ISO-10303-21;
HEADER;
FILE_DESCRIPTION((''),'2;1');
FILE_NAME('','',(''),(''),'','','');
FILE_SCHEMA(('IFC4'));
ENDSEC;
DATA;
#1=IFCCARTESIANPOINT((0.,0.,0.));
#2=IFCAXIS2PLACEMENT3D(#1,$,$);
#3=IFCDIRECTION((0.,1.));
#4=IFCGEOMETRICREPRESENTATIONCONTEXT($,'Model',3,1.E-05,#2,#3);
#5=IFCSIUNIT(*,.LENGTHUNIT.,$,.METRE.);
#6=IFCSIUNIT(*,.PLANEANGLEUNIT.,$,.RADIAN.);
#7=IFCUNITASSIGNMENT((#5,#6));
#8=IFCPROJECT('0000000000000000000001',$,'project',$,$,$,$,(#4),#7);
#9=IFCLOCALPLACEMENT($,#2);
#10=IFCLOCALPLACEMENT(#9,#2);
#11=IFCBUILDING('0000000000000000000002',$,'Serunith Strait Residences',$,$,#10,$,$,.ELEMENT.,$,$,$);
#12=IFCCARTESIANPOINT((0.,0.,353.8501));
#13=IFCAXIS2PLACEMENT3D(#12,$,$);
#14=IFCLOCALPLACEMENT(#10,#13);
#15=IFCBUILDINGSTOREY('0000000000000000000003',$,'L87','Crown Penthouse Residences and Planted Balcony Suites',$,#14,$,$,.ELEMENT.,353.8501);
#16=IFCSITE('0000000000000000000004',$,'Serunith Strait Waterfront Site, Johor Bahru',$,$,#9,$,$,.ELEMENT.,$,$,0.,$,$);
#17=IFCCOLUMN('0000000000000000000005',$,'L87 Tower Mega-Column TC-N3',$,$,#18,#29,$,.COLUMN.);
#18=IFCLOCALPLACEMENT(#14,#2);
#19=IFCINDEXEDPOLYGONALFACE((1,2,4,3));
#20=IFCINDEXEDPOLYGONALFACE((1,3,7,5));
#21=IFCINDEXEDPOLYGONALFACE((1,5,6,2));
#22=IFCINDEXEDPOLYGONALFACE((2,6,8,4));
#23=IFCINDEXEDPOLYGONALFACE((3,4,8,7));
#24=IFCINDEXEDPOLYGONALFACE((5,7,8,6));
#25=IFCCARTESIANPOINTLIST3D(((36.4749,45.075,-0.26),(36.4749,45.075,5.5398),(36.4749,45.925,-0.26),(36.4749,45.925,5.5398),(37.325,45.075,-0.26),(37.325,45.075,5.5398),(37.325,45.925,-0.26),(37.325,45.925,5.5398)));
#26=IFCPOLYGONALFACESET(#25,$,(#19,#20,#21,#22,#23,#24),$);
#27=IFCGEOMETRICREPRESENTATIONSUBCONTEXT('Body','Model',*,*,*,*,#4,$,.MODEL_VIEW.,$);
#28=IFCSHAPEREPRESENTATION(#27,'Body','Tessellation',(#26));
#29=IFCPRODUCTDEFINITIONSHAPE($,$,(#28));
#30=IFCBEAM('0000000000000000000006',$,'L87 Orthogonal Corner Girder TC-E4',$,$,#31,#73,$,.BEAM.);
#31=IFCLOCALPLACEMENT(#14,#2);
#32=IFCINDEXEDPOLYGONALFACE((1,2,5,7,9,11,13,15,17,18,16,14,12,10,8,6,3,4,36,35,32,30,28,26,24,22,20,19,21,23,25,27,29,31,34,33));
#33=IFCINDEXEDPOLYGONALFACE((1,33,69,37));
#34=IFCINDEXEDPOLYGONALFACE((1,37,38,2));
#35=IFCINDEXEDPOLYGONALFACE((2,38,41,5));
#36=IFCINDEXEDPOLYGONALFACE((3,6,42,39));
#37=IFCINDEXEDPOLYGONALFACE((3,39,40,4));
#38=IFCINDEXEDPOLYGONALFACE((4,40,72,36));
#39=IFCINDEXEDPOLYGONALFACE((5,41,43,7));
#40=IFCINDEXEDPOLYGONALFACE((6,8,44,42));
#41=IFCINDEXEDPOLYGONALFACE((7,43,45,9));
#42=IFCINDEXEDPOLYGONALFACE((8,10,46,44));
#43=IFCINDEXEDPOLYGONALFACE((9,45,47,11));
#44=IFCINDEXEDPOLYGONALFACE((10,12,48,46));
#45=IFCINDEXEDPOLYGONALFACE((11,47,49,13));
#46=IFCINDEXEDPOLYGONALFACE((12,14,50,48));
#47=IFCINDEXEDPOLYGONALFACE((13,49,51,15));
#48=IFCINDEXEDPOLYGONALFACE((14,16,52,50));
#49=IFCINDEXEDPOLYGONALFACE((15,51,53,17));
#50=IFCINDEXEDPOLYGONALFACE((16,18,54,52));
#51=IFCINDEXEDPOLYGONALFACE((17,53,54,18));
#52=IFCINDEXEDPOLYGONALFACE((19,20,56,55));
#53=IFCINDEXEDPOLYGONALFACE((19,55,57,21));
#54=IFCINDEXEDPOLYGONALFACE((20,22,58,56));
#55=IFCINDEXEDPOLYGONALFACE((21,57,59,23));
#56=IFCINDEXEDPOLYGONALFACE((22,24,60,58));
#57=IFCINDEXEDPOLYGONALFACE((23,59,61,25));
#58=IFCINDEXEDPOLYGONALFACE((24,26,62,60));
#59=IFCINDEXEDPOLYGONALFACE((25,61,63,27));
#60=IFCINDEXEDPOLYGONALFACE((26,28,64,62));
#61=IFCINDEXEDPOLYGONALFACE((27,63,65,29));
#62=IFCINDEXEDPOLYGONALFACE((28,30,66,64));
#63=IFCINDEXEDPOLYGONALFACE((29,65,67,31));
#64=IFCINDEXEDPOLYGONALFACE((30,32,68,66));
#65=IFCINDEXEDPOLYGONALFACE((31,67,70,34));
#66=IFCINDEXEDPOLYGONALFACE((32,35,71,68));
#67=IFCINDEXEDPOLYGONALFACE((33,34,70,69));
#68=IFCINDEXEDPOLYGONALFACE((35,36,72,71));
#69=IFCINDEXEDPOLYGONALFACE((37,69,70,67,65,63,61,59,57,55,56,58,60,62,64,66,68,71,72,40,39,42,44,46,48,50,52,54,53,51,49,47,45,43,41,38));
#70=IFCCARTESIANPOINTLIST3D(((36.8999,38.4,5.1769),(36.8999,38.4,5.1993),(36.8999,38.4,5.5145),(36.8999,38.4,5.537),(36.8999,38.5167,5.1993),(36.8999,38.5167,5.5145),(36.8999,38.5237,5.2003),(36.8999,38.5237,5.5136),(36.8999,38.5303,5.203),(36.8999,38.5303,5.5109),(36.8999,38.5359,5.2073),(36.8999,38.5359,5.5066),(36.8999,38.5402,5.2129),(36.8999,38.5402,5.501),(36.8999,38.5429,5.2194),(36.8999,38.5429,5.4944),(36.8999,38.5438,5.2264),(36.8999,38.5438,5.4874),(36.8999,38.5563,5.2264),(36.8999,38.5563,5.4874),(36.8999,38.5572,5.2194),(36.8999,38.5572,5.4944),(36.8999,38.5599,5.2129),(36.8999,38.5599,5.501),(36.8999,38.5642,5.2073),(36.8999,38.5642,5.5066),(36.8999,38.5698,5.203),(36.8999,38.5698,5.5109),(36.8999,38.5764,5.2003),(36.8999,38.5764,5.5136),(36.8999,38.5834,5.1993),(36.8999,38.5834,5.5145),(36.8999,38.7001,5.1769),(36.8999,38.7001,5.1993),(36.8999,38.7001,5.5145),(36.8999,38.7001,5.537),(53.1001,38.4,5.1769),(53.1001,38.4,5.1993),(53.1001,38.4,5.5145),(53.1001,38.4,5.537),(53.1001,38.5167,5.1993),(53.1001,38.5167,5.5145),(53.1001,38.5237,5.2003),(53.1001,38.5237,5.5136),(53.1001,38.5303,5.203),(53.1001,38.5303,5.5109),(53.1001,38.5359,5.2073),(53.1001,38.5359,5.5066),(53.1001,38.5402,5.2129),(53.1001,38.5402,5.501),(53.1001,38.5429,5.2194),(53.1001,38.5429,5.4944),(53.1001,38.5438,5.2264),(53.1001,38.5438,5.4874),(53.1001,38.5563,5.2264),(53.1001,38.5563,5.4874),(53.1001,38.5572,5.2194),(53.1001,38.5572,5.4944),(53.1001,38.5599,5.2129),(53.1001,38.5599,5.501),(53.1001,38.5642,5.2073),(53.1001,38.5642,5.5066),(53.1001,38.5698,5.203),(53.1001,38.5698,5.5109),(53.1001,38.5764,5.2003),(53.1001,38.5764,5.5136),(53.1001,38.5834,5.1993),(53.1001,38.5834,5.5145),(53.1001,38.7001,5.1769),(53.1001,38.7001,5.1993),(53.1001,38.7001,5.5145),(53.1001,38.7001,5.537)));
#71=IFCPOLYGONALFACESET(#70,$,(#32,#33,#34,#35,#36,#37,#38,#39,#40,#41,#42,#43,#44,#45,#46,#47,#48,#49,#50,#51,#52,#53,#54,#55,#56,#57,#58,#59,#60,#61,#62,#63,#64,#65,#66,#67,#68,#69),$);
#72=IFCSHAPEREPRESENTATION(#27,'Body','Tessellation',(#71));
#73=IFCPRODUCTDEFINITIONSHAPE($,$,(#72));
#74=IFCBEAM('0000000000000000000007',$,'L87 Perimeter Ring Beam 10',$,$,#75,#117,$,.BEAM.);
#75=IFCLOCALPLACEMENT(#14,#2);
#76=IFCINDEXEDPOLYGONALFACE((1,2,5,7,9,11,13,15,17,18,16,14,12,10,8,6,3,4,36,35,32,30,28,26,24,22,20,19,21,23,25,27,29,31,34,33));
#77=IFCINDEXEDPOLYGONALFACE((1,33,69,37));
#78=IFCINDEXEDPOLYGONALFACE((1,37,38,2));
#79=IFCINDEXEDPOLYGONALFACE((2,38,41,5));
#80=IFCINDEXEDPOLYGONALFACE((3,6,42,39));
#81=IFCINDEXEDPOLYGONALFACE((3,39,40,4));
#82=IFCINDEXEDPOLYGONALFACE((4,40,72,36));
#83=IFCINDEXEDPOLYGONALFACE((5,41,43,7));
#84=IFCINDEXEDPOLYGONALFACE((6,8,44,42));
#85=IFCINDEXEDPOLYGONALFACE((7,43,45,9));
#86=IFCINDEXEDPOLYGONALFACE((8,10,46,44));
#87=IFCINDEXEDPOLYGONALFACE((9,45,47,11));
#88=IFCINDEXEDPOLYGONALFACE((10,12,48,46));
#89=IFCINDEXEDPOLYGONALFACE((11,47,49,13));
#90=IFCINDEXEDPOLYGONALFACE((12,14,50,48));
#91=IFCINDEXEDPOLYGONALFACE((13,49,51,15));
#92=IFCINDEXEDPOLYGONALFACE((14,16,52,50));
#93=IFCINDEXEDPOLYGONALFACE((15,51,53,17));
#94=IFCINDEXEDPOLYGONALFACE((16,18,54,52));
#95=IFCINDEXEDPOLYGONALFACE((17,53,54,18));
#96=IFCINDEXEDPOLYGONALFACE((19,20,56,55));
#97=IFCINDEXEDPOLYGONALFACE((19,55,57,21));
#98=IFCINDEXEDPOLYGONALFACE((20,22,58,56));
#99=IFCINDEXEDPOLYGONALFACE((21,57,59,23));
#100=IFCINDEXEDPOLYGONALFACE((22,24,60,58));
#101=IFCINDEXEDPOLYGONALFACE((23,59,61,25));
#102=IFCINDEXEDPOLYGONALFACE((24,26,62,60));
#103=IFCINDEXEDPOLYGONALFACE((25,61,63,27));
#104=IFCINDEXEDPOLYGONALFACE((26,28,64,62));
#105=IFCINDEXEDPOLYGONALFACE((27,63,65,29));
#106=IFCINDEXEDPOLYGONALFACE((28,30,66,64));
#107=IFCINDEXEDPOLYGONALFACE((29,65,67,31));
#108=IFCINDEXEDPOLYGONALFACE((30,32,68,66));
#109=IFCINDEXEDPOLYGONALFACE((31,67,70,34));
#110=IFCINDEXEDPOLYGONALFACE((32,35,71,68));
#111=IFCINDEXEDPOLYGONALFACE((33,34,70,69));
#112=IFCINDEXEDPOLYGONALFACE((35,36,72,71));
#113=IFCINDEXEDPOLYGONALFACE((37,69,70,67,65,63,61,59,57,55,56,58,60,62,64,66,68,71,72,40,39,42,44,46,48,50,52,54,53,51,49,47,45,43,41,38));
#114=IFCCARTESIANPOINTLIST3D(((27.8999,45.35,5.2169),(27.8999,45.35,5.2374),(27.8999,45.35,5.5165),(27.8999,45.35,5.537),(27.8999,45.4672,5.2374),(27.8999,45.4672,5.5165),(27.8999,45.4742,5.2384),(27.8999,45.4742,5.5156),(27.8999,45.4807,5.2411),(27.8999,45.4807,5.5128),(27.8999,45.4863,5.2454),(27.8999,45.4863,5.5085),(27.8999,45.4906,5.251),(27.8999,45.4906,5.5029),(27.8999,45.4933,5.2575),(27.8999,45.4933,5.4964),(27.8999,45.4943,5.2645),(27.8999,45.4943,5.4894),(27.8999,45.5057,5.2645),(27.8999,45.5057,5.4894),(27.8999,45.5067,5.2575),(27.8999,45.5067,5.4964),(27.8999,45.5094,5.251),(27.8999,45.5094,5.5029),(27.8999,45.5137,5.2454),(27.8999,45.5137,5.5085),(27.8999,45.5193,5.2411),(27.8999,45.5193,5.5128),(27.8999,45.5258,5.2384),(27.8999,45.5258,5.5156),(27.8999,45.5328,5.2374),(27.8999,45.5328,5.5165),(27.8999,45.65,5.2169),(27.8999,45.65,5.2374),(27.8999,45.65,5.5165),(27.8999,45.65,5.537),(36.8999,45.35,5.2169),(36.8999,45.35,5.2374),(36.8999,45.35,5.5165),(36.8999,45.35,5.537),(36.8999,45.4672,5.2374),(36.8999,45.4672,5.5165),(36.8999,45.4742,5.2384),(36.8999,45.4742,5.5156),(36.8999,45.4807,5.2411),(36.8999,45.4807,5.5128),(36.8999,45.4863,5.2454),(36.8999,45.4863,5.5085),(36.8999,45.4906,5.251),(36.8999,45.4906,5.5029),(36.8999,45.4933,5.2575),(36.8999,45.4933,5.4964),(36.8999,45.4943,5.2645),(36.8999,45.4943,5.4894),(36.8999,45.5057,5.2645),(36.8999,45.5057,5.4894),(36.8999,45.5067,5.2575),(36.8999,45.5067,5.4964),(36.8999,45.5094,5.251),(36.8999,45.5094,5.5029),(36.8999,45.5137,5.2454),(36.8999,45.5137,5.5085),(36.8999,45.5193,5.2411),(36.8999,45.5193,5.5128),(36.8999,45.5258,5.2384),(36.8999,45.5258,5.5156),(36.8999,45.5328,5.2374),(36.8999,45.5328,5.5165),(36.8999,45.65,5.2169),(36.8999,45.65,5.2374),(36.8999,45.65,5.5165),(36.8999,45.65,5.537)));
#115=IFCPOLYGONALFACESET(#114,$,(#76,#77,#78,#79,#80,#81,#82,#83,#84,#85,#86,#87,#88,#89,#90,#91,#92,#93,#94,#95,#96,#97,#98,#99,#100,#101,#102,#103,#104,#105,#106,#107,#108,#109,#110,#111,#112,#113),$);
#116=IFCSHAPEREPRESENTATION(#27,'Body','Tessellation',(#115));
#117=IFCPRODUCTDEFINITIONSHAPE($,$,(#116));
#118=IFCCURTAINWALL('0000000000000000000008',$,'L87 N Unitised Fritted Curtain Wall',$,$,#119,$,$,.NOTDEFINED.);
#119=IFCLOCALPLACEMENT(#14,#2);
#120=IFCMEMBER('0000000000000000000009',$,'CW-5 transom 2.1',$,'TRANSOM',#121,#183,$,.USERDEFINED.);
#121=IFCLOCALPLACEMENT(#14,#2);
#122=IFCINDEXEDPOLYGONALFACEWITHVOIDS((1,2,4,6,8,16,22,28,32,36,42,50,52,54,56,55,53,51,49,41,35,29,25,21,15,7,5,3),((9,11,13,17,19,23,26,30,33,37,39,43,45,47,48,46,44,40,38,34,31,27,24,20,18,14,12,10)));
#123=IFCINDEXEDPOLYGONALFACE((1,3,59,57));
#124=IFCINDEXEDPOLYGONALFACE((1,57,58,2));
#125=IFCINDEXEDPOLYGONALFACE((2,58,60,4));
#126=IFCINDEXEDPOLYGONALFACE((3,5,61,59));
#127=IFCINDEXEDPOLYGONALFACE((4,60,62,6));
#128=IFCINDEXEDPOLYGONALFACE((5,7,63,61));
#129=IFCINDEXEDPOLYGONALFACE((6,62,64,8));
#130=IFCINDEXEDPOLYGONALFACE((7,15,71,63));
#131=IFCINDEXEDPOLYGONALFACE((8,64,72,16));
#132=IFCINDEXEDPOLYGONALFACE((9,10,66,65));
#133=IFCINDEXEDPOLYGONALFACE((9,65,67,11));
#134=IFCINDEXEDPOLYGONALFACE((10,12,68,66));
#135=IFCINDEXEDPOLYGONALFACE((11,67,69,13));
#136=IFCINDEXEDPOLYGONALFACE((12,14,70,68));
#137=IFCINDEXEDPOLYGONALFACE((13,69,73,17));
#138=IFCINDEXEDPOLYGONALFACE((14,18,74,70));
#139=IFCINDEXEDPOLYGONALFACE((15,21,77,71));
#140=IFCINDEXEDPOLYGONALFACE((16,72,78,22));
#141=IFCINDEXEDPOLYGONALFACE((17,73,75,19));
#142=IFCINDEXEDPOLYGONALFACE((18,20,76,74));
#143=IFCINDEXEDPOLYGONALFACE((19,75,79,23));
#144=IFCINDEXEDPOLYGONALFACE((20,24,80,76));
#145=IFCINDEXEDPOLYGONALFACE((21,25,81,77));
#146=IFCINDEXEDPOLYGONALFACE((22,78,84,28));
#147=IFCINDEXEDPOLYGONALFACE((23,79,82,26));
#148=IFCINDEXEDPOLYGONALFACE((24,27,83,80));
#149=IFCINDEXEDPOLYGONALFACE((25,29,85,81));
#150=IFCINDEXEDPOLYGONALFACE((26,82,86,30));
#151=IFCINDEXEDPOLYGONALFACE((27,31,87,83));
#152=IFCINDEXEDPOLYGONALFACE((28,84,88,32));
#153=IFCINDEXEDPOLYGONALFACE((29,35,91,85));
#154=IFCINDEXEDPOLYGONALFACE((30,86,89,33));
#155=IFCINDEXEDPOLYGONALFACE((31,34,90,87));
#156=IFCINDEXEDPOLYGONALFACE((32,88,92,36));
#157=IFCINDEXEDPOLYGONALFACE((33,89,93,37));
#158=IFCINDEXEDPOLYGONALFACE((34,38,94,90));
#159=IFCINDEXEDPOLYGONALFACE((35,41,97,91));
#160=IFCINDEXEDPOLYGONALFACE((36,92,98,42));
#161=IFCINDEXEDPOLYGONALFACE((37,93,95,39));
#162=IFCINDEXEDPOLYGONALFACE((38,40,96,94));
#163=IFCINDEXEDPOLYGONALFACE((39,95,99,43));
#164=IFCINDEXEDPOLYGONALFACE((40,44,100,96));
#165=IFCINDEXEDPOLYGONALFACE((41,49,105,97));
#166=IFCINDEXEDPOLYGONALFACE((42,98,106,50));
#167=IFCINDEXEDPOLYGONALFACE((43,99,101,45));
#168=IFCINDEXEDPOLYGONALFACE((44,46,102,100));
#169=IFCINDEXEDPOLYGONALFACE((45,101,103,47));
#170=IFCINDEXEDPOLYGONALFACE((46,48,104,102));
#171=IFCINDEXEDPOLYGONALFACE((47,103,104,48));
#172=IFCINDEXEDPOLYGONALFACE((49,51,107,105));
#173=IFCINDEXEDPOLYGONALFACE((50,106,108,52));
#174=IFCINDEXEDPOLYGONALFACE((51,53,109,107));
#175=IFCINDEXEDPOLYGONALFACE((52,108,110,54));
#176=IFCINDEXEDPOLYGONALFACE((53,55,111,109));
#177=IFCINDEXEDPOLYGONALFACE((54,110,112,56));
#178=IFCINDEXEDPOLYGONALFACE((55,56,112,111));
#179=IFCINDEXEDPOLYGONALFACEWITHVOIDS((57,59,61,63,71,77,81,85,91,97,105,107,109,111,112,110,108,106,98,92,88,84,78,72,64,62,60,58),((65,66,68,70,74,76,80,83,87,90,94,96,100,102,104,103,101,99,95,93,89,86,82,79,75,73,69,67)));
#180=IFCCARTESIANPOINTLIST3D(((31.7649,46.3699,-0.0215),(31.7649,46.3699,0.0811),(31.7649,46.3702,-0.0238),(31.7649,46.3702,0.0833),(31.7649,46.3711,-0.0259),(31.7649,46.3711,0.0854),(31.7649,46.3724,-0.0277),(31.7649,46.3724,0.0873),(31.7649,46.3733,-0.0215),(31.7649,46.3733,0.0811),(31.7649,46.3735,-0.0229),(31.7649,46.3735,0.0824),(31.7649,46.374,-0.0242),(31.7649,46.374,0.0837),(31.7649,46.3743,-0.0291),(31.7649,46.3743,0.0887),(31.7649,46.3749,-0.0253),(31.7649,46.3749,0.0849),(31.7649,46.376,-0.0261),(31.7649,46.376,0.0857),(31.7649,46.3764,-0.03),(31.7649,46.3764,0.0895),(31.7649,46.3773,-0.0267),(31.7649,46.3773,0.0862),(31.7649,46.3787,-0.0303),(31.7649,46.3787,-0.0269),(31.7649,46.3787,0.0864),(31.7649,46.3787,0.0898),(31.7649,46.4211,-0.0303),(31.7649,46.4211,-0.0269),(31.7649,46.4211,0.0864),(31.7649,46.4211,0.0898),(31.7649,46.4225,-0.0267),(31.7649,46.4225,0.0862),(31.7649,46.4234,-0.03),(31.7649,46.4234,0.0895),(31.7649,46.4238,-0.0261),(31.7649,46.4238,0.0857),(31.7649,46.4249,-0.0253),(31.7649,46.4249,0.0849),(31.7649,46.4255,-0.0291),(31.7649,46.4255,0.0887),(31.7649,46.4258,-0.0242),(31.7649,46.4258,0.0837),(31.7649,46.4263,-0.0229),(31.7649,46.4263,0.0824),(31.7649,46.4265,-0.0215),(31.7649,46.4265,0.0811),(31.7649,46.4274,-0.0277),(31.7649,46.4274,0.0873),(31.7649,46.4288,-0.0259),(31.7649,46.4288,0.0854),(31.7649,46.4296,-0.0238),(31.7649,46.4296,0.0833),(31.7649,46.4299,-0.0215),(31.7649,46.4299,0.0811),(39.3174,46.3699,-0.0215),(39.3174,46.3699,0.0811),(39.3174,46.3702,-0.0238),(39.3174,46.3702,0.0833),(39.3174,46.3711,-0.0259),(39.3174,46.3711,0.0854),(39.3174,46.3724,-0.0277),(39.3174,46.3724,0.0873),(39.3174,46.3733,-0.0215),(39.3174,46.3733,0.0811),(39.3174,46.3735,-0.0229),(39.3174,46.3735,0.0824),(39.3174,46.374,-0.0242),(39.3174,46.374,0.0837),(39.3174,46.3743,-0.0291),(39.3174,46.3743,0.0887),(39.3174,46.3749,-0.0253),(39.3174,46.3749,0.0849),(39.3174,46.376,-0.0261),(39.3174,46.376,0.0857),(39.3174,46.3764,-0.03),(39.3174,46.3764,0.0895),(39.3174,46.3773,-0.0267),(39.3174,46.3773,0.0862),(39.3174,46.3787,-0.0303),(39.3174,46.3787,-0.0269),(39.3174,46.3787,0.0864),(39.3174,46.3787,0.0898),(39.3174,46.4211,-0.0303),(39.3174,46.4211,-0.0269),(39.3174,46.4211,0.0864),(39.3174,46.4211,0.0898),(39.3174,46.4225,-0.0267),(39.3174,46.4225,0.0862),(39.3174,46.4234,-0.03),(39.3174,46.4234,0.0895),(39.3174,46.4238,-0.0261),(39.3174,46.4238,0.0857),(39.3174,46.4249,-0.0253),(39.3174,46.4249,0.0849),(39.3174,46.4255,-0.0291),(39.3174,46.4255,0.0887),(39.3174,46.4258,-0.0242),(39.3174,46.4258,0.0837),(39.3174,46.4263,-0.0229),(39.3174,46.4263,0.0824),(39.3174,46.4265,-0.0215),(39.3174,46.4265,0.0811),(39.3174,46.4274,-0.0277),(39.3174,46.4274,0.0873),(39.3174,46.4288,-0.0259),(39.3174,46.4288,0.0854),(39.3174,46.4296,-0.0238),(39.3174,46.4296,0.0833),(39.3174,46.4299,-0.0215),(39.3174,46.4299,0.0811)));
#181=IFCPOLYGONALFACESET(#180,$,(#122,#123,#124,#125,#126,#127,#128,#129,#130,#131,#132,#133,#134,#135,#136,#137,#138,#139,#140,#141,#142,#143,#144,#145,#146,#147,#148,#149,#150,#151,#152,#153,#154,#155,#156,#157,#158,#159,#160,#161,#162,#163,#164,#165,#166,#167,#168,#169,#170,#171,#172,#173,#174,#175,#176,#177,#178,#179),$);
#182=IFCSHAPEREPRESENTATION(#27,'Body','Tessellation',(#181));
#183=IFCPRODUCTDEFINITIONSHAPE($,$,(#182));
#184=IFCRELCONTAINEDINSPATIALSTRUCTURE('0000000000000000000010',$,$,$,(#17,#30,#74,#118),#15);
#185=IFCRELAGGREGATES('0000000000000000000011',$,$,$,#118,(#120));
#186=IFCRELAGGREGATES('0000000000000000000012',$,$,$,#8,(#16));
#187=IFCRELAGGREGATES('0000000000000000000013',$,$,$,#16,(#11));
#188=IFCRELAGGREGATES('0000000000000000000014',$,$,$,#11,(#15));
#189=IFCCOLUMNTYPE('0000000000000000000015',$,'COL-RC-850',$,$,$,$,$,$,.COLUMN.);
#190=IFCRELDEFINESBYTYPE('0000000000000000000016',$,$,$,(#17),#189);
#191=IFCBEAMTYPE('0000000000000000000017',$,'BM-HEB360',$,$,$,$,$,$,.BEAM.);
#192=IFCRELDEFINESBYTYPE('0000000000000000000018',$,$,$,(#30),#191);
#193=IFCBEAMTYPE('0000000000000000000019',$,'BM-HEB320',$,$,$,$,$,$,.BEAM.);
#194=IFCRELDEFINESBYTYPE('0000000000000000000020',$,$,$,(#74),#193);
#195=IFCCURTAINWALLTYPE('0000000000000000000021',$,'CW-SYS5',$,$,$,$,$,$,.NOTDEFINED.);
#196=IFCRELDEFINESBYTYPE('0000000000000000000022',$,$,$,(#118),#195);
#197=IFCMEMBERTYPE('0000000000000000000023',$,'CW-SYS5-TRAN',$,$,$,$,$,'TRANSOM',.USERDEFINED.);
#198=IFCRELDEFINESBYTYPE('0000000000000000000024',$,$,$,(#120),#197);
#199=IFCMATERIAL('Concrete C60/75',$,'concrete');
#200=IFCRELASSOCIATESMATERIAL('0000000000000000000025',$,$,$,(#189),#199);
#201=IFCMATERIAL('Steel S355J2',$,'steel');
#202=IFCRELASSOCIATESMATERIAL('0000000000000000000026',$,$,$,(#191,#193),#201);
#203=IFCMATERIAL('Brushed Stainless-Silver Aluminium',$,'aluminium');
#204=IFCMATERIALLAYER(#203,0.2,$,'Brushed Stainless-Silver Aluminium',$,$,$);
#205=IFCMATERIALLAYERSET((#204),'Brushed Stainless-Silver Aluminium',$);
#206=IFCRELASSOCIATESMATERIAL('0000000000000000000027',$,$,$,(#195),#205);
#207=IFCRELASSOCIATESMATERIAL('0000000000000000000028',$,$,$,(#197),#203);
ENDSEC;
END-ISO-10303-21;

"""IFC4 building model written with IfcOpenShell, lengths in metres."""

from ifc_helpers import new_model, si_unit, direction, frame, origin, origin_2d, place, context, subcontext, project, spatial, rectangle, hollow_rectangle, i_section, extrude, source, transform, mapped, material, layer, layer_set, material_profile, profile_set, type_object, element, aggregate, save


model = new_model("IFC4")

# Units and contexts
model_context = context("Model", 3, precision=1e-05, world=origin(), true_north=direction((0.0, 1.0)))
body_context = subcontext(model_context, "Body", "Model", "MODEL_VIEW")
ifc_project = project(units=[si_unit("LENGTHUNIT", "METRE"), si_unit("PLANEANGLEUNIT", "RADIAN")], contexts=[model_context])

# Site, building, storey
site_placement = place(None, origin())
site = spatial("IfcSite", under=ifc_project, at=site_placement, Name="Serunith Strait Waterfront Site, Johor Bahru", CompositionType="ELEMENT", RefElevation=0.0)
building_placement = place(site_placement, origin())
building = spatial("IfcBuilding", under=site, at=building_placement, Name="Serunith Strait Residences", CompositionType="ELEMENT")
storey_placement = place(building_placement, frame((0.0, 0.0, 353.8501)))
storey = spatial("IfcBuildingStorey", under=building, at=storey_placement, Name="L87", Description="Crown Penthouse Residences and Planted Balcony Suites", CompositionType="ELEMENT", Elevation=353.8501)

# Column
ifc_material_1 = material(Name="Concrete C60/75", Category="concrete")
ifc_material_profile_1 = material_profile(ifc_material_1, rectangle(XDim=0.8501, YDim=0.8501, at=origin_2d()), Name="RC 850x850")
ifc_profile_set_1 = profile_set([ifc_material_profile_1], Name="Concrete C60/75")
column_type = type_object("IfcColumnType", Name="COL-RC-850", PredefinedType="COLUMN", material=ifc_profile_set_1)
shared_shape_1 = source(origin(), body_context, "Body", "SweptSolid", [
    extrude(rectangle(XDim=0.8501, YDim=0.8501, at=origin_2d()), origin(), (0.0, 0.0, 1.0), 5.7998),
])
column_placement = place(storey_placement, frame((36.8999, 45.5, -0.26), z_axis=(0.0, 0.0, 1.0), x_axis=(1.0, 0.0, 0.0)))
element("IfcColumn", 1, at=column_placement, inside=storey, type_object=column_type, Name="L87 Tower Mega-Column TC-N3", PredefinedType="COLUMN", context=body_context, shape_type="MappedRepresentation", body=[
    mapped(shared_shape_1, transform((0.0, 0.0, 0.0), scale=1.0)),
])

# Beams
ifc_material_2 = material(Name="Steel S355J2", Category="steel")
ifc_material_profile_2 = material_profile(ifc_material_2, i_section(OverallWidth=0.3, OverallDepth=0.3601, WebThickness=0.0125, FlangeThickness=0.0225, FilletRadius=0.0271, at=origin_2d()), Name="HEB 360")
ifc_profile_set_2 = profile_set([ifc_material_profile_2], Name="Steel S355J2")
beam_type_1 = type_object("IfcBeamType", Name="BM-HEB360", PredefinedType="BEAM", material=ifc_profile_set_2)
shared_shape_2 = source(origin(), body_context, "Body", "SweptSolid", [
    extrude(i_section(OverallWidth=0.3, OverallDepth=0.3601, WebThickness=0.0125, FlangeThickness=0.0225, FilletRadius=0.0271, at=origin_2d()), origin(), (0.0, 0.0, 1.0), 16.2002),
])
beam_1_placement = place(storey_placement, frame((36.8999, 38.55, 5.3569), z_axis=(1.0, 0.0, 0.0), x_axis=(0.0, 1.0, 0.0)))
element("IfcBeam", 2, at=beam_1_placement, inside=storey, type_object=beam_type_1, Name="L87 Orthogonal Corner Girder TC-E4", PredefinedType="BEAM", context=body_context, shape_type="MappedRepresentation", body=[
    mapped(shared_shape_2, transform((0.0, 0.0, 0.0), scale=1.0)),
])
ifc_material_profile_3 = material_profile(ifc_material_2, i_section(OverallWidth=0.3, OverallDepth=0.3201, WebThickness=0.0115, FlangeThickness=0.0205, FilletRadius=0.0271, at=origin_2d()), Name="HEB 320")
ifc_profile_set_3 = profile_set([ifc_material_profile_3], Name="Steel S355J2")
beam_type_2 = type_object("IfcBeamType", Name="BM-HEB320", PredefinedType="BEAM", material=ifc_profile_set_3)
shared_shape_3 = source(origin(), body_context, "Body", "SweptSolid", [
    extrude(i_section(OverallWidth=0.3, OverallDepth=0.3201, WebThickness=0.0115, FlangeThickness=0.0205, FilletRadius=0.0271, at=origin_2d()), origin(), (0.0, 0.0, 1.0), 9.0),
])
beam_2_placement = place(storey_placement, frame((36.8999, 45.5, 5.377), z_axis=(-1.0, 0.0, 0.0), x_axis=(0.0, -1.0, 0.0)))
element("IfcBeam", 3, at=beam_2_placement, inside=storey, type_object=beam_type_2, Name="L87 Perimeter Ring Beam 10", PredefinedType="BEAM", context=body_context, shape_type="MappedRepresentation", body=[
    mapped(shared_shape_3, transform((0.0, 0.0, 0.0), scale=1.0)),
])

# Curtain wall, member
ifc_material_3 = material(Name="Brushed Stainless-Silver Aluminium", Category="aluminium")
ifc_layer_1 = layer(ifc_material_3, 0.2, Name="Brushed Stainless-Silver Aluminium")
ifc_layer_set_1 = layer_set([ifc_layer_1], Name="Brushed Stainless-Silver Aluminium")
curtain_wall_type = type_object("IfcCurtainWallType", Name="CW-SYS5", PredefinedType="NOTDEFINED", material=ifc_layer_set_1)
curtain_wall_placement = place(storey_placement, origin())
curtain_wall = element("IfcCurtainWall", 4, at=curtain_wall_placement, inside=storey, type_object=curtain_wall_type, Name="L87 N Unitised Fritted Curtain Wall", PredefinedType="NOTDEFINED")
ifc_material_profile_4 = material_profile(ifc_material_3, hollow_rectangle(XDim=0.0601, YDim=0.1201, WallThickness=0.0034, InnerFilletRadius=0.0054, OuterFilletRadius=0.0088, at=origin_2d()), Name="ALU 120x60x3.5")
ifc_profile_set_4 = profile_set([ifc_material_profile_4], Name="Brushed Stainless-Silver Aluminium")
member_type_1 = type_object("IfcMemberType", Name="CW-SYS5-TRAN", ElementType="TRANSOM", PredefinedType="USERDEFINED", material=ifc_profile_set_4)
shared_shape_4 = source(origin(), body_context, "Body", "SweptSolid", [
    extrude(hollow_rectangle(XDim=0.0601, YDim=0.1201, WallThickness=0.0034, InnerFilletRadius=0.0054, OuterFilletRadius=0.0088, at=origin_2d()), origin(), (0.0, 0.0, 1.0), 7.5525),
])
member_1_placement = place(storey_placement, frame((39.3174, 46.3999, 0.0298), z_axis=(-1.0, 0.0, 0.0), x_axis=(0.0, -1.0, 0.0)))
member_1 = element("IfcMember", 5, at=member_1_placement, type_object=member_type_1, Name="CW-5 transom 2.1", ObjectType="TRANSOM", PredefinedType="USERDEFINED", context=body_context, shape_type="MappedRepresentation", body=[
    mapped(shared_shape_4, transform((0.0, 0.0, 0.0), scale=1.0)),
])
aggregate(curtain_wall, [member_1])

save(model, "model.ifc")
